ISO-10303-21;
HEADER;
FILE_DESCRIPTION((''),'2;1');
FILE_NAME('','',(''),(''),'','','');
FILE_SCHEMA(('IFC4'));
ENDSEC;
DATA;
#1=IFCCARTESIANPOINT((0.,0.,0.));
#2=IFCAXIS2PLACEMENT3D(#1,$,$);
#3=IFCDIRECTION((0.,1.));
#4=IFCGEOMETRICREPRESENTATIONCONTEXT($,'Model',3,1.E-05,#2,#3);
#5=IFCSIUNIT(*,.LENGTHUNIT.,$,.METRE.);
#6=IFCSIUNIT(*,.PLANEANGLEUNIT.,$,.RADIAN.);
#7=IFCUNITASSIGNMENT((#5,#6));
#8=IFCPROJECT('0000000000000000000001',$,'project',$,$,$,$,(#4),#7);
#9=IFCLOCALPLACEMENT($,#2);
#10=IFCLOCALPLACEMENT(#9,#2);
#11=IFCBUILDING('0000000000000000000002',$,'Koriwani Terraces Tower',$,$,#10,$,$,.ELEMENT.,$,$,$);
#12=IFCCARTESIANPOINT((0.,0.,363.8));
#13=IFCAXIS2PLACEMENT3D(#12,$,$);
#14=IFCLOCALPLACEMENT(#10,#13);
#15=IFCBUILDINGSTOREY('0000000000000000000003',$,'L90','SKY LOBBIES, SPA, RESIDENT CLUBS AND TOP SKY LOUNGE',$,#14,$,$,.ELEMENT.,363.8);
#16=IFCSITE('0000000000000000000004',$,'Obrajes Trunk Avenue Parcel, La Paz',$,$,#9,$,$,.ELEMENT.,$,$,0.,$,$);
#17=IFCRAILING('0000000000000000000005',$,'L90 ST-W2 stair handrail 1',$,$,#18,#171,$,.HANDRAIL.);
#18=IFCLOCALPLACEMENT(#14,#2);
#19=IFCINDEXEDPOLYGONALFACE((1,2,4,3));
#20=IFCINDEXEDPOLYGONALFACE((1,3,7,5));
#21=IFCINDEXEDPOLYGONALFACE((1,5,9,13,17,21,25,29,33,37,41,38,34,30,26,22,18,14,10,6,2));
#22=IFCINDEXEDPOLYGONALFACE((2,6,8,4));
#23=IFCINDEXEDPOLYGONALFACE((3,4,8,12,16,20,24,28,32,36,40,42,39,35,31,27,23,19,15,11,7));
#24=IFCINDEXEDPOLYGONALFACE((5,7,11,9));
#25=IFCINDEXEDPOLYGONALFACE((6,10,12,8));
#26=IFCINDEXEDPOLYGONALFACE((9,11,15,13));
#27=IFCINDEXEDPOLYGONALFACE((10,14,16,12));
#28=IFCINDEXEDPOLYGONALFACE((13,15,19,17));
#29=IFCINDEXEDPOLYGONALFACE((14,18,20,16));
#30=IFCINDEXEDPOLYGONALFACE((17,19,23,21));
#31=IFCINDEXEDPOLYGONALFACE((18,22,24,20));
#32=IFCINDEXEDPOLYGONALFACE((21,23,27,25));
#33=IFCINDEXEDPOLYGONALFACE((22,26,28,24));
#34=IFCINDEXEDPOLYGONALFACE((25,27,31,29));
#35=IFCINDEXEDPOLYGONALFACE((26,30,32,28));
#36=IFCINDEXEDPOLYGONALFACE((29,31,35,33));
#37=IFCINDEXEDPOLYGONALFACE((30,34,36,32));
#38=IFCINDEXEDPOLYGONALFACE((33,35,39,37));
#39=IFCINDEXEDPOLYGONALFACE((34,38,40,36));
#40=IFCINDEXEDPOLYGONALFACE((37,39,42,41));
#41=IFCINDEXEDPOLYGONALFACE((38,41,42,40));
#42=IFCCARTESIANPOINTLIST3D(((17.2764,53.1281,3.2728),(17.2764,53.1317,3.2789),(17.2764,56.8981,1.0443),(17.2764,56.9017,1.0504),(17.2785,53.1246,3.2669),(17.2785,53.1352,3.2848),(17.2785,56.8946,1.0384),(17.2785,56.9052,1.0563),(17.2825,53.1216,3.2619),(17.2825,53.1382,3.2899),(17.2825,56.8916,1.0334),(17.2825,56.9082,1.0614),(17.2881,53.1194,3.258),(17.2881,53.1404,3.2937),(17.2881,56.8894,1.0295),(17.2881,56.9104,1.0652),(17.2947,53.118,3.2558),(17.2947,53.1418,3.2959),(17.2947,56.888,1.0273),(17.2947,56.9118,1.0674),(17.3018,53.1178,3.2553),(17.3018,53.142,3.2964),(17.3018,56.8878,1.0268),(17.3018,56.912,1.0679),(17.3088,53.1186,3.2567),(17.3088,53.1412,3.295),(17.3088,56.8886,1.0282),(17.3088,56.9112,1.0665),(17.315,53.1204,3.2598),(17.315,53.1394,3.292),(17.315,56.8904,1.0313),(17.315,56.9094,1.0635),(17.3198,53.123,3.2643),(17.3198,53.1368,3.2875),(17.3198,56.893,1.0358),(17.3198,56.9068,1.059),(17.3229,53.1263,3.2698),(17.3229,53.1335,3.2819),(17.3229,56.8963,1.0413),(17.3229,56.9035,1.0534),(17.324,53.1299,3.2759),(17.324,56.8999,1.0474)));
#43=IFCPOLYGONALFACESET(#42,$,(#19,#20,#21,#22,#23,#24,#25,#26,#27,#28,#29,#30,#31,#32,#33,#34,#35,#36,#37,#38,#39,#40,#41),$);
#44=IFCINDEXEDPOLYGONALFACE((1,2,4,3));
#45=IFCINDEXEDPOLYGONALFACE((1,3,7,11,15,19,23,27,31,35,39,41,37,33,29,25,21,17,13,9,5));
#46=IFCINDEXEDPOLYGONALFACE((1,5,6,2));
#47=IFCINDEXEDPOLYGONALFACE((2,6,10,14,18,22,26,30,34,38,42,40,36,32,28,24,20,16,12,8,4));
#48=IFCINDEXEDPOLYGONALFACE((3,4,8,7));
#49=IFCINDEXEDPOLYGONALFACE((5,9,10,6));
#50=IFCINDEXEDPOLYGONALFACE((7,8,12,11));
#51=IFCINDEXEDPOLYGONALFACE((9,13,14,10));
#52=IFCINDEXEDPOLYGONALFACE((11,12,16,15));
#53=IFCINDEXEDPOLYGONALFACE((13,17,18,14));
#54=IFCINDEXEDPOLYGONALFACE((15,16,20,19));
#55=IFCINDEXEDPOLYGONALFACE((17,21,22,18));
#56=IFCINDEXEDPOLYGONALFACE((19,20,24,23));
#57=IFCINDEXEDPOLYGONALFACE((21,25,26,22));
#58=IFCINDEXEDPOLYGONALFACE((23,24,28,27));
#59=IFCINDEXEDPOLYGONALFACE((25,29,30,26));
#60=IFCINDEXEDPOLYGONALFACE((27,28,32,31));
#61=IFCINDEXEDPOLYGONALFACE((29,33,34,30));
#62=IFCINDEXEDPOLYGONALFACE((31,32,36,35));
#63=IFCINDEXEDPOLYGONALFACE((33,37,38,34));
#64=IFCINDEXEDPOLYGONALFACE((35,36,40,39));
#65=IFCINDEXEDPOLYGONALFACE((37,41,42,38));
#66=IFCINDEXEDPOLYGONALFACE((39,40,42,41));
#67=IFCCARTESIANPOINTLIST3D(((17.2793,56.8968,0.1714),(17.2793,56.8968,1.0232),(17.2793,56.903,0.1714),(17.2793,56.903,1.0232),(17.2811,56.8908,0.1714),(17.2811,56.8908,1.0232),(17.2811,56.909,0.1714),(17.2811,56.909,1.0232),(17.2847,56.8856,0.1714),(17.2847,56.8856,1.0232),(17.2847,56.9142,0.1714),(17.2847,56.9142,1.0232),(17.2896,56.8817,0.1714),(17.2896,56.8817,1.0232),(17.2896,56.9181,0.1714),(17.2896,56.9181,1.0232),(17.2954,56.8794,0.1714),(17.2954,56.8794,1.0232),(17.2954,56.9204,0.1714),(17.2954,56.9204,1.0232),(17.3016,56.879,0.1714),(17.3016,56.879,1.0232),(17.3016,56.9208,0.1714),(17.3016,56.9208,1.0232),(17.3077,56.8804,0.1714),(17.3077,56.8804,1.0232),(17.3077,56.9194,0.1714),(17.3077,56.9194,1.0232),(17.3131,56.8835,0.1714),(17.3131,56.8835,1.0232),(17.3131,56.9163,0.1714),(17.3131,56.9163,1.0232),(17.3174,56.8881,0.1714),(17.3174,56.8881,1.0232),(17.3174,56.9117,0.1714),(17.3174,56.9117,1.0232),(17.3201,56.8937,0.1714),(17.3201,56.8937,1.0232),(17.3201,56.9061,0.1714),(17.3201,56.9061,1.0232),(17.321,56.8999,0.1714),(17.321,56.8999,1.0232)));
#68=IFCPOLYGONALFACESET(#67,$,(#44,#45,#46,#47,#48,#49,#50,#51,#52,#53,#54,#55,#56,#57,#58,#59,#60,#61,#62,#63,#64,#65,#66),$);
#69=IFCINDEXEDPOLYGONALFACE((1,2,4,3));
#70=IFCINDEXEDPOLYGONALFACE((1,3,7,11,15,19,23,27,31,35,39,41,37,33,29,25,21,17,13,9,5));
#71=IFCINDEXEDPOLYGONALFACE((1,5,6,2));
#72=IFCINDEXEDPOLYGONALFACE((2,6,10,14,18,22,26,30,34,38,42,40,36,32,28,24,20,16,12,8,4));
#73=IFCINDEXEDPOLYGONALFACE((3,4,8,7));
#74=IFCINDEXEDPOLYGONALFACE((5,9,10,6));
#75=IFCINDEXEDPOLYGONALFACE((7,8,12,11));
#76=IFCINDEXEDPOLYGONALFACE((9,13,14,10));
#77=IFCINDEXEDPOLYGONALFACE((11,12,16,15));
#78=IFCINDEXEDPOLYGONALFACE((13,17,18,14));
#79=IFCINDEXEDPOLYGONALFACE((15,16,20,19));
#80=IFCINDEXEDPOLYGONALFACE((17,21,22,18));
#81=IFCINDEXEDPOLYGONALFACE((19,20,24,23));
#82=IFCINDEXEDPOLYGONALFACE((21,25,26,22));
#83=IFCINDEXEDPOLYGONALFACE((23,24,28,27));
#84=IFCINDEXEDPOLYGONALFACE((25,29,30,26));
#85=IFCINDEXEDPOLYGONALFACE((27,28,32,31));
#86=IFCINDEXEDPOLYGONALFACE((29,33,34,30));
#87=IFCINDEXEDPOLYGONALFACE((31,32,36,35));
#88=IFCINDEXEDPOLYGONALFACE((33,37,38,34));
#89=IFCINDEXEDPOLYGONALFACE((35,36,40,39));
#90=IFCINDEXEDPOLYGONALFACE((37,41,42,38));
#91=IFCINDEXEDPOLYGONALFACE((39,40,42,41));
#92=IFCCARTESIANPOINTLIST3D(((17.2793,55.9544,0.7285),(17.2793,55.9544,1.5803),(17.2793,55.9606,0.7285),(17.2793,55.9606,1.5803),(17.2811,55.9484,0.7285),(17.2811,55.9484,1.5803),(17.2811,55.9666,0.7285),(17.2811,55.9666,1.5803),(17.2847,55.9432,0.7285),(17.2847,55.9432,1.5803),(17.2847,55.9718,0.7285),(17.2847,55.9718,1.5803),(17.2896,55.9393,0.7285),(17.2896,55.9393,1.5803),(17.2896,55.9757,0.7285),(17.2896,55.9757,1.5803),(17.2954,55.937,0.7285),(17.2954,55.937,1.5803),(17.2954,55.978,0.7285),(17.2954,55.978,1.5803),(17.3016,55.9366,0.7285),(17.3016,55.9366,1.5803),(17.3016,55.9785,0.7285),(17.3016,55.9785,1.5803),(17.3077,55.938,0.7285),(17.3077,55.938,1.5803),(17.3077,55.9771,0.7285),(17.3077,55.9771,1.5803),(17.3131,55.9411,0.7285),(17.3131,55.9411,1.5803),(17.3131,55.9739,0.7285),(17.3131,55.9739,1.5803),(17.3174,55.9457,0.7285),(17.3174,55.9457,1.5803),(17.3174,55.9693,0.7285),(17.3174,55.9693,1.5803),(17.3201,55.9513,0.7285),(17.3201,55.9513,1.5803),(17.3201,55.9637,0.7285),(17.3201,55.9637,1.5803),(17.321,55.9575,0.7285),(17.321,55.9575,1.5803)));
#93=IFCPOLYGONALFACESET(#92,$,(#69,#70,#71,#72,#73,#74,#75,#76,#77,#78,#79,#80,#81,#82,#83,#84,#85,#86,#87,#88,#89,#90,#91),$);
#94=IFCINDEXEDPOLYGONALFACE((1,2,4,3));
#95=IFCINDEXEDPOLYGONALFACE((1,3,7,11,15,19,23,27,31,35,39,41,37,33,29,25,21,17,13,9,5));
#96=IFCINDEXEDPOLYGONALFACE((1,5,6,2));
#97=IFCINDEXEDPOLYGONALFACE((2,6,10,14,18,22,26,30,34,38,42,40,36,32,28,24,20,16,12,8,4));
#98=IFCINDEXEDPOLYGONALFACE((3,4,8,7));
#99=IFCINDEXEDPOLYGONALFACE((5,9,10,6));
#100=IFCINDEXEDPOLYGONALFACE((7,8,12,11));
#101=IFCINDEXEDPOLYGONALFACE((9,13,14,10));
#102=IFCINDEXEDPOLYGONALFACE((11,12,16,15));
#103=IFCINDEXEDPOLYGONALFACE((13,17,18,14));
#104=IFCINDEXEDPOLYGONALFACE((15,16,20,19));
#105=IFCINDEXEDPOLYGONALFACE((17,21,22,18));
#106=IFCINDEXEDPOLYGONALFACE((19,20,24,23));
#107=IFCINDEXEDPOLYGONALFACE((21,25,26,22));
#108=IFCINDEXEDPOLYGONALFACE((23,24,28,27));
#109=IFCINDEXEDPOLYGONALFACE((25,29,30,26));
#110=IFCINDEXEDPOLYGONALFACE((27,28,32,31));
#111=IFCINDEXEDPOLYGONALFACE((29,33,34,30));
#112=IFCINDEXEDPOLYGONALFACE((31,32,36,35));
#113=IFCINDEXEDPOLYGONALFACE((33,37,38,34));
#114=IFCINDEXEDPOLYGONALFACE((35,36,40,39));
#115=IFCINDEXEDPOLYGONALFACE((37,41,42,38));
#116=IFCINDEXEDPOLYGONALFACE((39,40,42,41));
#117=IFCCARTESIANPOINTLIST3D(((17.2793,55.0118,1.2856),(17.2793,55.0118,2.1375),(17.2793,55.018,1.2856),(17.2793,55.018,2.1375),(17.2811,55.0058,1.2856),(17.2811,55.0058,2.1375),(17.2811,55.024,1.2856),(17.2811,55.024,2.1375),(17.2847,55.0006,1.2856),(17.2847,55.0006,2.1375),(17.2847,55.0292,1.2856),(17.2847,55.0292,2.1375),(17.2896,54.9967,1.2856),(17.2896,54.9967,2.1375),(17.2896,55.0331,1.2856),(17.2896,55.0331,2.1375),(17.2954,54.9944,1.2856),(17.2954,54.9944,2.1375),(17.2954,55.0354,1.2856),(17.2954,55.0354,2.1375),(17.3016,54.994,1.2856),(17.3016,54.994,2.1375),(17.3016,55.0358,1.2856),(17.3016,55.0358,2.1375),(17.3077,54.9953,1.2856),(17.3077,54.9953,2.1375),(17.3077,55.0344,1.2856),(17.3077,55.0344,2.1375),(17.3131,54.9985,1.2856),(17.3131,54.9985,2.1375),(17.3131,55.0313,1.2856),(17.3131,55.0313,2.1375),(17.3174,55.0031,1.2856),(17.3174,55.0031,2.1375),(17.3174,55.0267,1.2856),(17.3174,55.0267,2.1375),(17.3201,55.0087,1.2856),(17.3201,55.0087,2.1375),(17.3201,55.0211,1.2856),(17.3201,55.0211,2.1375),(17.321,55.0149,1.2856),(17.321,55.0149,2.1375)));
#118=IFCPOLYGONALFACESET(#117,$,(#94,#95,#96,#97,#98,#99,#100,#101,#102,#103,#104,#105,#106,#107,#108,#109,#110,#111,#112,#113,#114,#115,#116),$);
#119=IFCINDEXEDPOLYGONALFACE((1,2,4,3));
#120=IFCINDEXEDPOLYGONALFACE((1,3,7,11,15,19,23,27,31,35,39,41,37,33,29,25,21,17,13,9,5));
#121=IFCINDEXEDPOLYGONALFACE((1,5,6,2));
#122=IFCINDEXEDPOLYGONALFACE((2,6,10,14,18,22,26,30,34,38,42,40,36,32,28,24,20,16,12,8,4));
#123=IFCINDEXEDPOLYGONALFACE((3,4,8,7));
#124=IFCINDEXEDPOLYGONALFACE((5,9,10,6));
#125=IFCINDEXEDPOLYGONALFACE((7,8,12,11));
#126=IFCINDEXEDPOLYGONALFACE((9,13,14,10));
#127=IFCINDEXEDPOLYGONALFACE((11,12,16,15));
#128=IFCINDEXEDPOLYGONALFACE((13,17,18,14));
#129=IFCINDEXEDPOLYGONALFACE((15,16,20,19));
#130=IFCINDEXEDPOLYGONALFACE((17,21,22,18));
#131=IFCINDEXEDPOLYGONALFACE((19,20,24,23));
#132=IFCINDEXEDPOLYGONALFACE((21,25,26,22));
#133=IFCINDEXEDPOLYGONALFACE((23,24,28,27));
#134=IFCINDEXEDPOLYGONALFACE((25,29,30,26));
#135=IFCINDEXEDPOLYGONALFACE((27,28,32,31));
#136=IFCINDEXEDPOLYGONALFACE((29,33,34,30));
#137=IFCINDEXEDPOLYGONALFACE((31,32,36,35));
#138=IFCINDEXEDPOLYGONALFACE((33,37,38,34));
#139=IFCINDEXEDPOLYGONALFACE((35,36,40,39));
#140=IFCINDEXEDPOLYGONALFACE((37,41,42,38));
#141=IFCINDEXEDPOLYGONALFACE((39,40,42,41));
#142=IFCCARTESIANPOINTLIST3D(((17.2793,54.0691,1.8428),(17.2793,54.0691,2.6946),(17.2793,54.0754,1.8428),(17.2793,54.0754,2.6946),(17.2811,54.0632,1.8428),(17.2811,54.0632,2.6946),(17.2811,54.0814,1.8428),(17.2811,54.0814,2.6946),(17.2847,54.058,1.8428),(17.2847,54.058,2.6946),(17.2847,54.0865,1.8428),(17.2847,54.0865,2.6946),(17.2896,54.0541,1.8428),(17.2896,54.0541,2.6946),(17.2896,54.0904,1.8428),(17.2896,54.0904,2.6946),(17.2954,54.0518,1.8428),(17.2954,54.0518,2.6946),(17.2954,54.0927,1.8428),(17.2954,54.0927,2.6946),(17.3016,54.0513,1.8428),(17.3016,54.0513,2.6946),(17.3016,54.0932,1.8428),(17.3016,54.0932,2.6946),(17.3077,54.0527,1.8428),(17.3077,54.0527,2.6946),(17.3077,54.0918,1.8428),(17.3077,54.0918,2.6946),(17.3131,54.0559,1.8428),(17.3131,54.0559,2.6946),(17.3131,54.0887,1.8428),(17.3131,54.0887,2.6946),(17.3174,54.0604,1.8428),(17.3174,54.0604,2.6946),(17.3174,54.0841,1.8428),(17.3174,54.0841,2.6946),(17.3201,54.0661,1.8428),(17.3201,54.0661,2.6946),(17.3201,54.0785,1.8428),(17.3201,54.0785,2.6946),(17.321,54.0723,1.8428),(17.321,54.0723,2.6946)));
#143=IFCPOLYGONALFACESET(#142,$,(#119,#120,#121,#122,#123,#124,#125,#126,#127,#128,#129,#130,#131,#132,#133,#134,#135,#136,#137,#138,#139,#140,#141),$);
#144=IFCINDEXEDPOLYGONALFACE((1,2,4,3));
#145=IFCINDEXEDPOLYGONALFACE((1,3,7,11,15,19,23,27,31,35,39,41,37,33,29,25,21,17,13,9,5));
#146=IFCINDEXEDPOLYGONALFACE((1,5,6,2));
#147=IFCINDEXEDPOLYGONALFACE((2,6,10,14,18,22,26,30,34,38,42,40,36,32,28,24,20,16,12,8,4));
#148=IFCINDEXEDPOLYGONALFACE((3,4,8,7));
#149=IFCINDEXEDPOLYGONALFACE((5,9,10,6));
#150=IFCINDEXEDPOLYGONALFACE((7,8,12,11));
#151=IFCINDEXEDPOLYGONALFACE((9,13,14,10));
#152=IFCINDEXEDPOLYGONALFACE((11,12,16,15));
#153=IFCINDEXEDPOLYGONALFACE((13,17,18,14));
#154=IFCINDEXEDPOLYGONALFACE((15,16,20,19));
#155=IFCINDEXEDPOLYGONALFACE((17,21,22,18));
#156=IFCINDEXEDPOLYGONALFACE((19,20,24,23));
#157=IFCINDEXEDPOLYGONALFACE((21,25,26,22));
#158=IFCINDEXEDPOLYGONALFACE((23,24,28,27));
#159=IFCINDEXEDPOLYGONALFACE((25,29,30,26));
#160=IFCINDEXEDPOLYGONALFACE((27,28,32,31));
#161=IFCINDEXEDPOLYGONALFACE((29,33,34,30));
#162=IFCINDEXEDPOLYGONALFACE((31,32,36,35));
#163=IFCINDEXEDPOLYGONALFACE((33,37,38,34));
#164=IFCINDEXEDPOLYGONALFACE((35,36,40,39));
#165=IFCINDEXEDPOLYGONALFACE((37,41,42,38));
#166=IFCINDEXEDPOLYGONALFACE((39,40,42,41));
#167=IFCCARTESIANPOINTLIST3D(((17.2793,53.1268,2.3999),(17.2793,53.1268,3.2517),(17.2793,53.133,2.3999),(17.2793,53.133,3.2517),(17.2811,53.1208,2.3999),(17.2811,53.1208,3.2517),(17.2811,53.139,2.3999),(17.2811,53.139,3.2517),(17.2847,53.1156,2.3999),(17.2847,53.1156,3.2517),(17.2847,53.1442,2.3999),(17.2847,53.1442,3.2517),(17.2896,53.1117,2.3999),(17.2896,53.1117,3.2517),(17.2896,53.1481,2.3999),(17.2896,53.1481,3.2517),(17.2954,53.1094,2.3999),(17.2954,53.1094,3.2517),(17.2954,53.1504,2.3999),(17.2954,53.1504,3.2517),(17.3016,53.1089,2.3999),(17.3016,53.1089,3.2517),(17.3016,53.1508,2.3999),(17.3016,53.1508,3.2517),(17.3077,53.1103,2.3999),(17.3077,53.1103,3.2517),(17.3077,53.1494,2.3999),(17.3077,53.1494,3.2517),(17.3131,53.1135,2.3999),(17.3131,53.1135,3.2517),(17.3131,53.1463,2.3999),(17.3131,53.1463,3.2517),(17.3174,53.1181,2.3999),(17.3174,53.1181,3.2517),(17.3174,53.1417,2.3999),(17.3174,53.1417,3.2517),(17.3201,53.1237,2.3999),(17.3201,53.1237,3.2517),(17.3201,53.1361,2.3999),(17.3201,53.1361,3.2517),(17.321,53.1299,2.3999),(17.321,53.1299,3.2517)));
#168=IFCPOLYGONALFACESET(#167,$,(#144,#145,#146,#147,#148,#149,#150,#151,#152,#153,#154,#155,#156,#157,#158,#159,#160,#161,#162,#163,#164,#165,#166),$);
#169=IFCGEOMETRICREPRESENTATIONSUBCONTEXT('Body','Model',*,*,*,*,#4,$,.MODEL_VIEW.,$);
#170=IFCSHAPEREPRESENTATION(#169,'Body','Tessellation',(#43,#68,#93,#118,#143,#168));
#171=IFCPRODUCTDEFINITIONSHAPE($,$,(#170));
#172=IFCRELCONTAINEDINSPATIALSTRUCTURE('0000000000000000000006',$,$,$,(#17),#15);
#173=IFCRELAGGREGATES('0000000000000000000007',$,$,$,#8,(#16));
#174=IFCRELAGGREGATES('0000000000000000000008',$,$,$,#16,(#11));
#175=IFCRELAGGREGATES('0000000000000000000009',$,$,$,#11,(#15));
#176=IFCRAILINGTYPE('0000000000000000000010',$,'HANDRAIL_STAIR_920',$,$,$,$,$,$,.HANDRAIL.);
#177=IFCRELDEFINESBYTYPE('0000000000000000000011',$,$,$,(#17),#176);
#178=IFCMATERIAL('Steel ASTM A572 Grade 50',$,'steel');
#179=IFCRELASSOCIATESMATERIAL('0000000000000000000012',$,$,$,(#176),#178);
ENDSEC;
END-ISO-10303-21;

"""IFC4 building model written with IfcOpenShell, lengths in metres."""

from ifc_helpers import new_model, si_unit, direction, frame, origin, origin_2d, place, context, subcontext, project, spatial, circle, extrude, material, type_object, element, save


model = new_model("IFC4")

# Units and contexts
model_context = context("Model", 3, precision=1e-05, world=origin(), true_north=direction((0.0, 1.0)))
body_context = subcontext(model_context, "Body", "Model", "MODEL_VIEW")
ifc_project = project(units=[si_unit("LENGTHUNIT", "METRE"), si_unit("PLANEANGLEUNIT", "RADIAN")], contexts=[model_context])

# Site, building, storey
site_placement = place(None, origin())
site = spatial("IfcSite", under=ifc_project, at=site_placement, Name="Obrajes Trunk Avenue Parcel, La Paz", CompositionType="ELEMENT", RefElevation=0.0)
building_placement = place(site_placement, origin())
building = spatial("IfcBuilding", under=site, at=building_placement, Name="Koriwani Terraces Tower", CompositionType="ELEMENT")
storey_placement = place(building_placement, frame((0.0, 0.0, 363.8)))
storey = spatial("IfcBuildingStorey", under=building, at=storey_placement, Name="L90", Description="SKY LOBBIES, SPA, RESIDENT CLUBS AND TOP SKY LOUNGE", CompositionType="ELEMENT", Elevation=363.8)

# Shared definitions
ifc_material_1 = material(Name="Steel ASTM A572 Grade 50", Category="steel")

# Railing
railing_type_1 = type_object("IfcRailingType", Name="HANDRAIL_STAIR_920", PredefinedType="HANDRAIL", material=ifc_material_1)
railing_1_placement = place(storey_placement, frame((17.3, 56.8999, 0.1714)))
element("IfcRailing", 1, at=railing_1_placement, inside=storey, type_object=railing_type_1, Name="L90 ST-W2 stair handrail 1", PredefinedType="HANDRAIL", context=body_context, shape_type="SweptSolid", body=[
    extrude(circle(Radius=0.0239, at=origin_2d()), frame((0.0, 0.0, 0.876), z_axis=(0.0, -0.860849, 0.508861), x_axis=(1.0, 0.0, 0.0)), (0.0, 0.0, 1.0), 4.3794),
    extrude(circle(Radius=0.021, at=origin_2d()), origin(), (0.0, 0.0, 1.0), 0.8518),
    extrude(circle(Radius=0.021, at=origin_2d()), frame((0.0, -0.9424, 0.5571)), (0.0, 0.0, 1.0), 0.8518),
    extrude(circle(Radius=0.021, at=origin_2d()), frame((0.0, -1.885, 1.1143)), (0.0, 0.0, 1.0), 0.8518),
    extrude(circle(Radius=0.021, at=origin_2d()), frame((0.0, -2.8276, 1.6714)), (0.0, 0.0, 1.0), 0.8518),
    extrude(circle(Radius=0.021, at=origin_2d()), frame((0.0, -3.77, 2.2285)), (0.0, 0.0, 1.0), 0.8518),
])

save(model, "model.ifc")
